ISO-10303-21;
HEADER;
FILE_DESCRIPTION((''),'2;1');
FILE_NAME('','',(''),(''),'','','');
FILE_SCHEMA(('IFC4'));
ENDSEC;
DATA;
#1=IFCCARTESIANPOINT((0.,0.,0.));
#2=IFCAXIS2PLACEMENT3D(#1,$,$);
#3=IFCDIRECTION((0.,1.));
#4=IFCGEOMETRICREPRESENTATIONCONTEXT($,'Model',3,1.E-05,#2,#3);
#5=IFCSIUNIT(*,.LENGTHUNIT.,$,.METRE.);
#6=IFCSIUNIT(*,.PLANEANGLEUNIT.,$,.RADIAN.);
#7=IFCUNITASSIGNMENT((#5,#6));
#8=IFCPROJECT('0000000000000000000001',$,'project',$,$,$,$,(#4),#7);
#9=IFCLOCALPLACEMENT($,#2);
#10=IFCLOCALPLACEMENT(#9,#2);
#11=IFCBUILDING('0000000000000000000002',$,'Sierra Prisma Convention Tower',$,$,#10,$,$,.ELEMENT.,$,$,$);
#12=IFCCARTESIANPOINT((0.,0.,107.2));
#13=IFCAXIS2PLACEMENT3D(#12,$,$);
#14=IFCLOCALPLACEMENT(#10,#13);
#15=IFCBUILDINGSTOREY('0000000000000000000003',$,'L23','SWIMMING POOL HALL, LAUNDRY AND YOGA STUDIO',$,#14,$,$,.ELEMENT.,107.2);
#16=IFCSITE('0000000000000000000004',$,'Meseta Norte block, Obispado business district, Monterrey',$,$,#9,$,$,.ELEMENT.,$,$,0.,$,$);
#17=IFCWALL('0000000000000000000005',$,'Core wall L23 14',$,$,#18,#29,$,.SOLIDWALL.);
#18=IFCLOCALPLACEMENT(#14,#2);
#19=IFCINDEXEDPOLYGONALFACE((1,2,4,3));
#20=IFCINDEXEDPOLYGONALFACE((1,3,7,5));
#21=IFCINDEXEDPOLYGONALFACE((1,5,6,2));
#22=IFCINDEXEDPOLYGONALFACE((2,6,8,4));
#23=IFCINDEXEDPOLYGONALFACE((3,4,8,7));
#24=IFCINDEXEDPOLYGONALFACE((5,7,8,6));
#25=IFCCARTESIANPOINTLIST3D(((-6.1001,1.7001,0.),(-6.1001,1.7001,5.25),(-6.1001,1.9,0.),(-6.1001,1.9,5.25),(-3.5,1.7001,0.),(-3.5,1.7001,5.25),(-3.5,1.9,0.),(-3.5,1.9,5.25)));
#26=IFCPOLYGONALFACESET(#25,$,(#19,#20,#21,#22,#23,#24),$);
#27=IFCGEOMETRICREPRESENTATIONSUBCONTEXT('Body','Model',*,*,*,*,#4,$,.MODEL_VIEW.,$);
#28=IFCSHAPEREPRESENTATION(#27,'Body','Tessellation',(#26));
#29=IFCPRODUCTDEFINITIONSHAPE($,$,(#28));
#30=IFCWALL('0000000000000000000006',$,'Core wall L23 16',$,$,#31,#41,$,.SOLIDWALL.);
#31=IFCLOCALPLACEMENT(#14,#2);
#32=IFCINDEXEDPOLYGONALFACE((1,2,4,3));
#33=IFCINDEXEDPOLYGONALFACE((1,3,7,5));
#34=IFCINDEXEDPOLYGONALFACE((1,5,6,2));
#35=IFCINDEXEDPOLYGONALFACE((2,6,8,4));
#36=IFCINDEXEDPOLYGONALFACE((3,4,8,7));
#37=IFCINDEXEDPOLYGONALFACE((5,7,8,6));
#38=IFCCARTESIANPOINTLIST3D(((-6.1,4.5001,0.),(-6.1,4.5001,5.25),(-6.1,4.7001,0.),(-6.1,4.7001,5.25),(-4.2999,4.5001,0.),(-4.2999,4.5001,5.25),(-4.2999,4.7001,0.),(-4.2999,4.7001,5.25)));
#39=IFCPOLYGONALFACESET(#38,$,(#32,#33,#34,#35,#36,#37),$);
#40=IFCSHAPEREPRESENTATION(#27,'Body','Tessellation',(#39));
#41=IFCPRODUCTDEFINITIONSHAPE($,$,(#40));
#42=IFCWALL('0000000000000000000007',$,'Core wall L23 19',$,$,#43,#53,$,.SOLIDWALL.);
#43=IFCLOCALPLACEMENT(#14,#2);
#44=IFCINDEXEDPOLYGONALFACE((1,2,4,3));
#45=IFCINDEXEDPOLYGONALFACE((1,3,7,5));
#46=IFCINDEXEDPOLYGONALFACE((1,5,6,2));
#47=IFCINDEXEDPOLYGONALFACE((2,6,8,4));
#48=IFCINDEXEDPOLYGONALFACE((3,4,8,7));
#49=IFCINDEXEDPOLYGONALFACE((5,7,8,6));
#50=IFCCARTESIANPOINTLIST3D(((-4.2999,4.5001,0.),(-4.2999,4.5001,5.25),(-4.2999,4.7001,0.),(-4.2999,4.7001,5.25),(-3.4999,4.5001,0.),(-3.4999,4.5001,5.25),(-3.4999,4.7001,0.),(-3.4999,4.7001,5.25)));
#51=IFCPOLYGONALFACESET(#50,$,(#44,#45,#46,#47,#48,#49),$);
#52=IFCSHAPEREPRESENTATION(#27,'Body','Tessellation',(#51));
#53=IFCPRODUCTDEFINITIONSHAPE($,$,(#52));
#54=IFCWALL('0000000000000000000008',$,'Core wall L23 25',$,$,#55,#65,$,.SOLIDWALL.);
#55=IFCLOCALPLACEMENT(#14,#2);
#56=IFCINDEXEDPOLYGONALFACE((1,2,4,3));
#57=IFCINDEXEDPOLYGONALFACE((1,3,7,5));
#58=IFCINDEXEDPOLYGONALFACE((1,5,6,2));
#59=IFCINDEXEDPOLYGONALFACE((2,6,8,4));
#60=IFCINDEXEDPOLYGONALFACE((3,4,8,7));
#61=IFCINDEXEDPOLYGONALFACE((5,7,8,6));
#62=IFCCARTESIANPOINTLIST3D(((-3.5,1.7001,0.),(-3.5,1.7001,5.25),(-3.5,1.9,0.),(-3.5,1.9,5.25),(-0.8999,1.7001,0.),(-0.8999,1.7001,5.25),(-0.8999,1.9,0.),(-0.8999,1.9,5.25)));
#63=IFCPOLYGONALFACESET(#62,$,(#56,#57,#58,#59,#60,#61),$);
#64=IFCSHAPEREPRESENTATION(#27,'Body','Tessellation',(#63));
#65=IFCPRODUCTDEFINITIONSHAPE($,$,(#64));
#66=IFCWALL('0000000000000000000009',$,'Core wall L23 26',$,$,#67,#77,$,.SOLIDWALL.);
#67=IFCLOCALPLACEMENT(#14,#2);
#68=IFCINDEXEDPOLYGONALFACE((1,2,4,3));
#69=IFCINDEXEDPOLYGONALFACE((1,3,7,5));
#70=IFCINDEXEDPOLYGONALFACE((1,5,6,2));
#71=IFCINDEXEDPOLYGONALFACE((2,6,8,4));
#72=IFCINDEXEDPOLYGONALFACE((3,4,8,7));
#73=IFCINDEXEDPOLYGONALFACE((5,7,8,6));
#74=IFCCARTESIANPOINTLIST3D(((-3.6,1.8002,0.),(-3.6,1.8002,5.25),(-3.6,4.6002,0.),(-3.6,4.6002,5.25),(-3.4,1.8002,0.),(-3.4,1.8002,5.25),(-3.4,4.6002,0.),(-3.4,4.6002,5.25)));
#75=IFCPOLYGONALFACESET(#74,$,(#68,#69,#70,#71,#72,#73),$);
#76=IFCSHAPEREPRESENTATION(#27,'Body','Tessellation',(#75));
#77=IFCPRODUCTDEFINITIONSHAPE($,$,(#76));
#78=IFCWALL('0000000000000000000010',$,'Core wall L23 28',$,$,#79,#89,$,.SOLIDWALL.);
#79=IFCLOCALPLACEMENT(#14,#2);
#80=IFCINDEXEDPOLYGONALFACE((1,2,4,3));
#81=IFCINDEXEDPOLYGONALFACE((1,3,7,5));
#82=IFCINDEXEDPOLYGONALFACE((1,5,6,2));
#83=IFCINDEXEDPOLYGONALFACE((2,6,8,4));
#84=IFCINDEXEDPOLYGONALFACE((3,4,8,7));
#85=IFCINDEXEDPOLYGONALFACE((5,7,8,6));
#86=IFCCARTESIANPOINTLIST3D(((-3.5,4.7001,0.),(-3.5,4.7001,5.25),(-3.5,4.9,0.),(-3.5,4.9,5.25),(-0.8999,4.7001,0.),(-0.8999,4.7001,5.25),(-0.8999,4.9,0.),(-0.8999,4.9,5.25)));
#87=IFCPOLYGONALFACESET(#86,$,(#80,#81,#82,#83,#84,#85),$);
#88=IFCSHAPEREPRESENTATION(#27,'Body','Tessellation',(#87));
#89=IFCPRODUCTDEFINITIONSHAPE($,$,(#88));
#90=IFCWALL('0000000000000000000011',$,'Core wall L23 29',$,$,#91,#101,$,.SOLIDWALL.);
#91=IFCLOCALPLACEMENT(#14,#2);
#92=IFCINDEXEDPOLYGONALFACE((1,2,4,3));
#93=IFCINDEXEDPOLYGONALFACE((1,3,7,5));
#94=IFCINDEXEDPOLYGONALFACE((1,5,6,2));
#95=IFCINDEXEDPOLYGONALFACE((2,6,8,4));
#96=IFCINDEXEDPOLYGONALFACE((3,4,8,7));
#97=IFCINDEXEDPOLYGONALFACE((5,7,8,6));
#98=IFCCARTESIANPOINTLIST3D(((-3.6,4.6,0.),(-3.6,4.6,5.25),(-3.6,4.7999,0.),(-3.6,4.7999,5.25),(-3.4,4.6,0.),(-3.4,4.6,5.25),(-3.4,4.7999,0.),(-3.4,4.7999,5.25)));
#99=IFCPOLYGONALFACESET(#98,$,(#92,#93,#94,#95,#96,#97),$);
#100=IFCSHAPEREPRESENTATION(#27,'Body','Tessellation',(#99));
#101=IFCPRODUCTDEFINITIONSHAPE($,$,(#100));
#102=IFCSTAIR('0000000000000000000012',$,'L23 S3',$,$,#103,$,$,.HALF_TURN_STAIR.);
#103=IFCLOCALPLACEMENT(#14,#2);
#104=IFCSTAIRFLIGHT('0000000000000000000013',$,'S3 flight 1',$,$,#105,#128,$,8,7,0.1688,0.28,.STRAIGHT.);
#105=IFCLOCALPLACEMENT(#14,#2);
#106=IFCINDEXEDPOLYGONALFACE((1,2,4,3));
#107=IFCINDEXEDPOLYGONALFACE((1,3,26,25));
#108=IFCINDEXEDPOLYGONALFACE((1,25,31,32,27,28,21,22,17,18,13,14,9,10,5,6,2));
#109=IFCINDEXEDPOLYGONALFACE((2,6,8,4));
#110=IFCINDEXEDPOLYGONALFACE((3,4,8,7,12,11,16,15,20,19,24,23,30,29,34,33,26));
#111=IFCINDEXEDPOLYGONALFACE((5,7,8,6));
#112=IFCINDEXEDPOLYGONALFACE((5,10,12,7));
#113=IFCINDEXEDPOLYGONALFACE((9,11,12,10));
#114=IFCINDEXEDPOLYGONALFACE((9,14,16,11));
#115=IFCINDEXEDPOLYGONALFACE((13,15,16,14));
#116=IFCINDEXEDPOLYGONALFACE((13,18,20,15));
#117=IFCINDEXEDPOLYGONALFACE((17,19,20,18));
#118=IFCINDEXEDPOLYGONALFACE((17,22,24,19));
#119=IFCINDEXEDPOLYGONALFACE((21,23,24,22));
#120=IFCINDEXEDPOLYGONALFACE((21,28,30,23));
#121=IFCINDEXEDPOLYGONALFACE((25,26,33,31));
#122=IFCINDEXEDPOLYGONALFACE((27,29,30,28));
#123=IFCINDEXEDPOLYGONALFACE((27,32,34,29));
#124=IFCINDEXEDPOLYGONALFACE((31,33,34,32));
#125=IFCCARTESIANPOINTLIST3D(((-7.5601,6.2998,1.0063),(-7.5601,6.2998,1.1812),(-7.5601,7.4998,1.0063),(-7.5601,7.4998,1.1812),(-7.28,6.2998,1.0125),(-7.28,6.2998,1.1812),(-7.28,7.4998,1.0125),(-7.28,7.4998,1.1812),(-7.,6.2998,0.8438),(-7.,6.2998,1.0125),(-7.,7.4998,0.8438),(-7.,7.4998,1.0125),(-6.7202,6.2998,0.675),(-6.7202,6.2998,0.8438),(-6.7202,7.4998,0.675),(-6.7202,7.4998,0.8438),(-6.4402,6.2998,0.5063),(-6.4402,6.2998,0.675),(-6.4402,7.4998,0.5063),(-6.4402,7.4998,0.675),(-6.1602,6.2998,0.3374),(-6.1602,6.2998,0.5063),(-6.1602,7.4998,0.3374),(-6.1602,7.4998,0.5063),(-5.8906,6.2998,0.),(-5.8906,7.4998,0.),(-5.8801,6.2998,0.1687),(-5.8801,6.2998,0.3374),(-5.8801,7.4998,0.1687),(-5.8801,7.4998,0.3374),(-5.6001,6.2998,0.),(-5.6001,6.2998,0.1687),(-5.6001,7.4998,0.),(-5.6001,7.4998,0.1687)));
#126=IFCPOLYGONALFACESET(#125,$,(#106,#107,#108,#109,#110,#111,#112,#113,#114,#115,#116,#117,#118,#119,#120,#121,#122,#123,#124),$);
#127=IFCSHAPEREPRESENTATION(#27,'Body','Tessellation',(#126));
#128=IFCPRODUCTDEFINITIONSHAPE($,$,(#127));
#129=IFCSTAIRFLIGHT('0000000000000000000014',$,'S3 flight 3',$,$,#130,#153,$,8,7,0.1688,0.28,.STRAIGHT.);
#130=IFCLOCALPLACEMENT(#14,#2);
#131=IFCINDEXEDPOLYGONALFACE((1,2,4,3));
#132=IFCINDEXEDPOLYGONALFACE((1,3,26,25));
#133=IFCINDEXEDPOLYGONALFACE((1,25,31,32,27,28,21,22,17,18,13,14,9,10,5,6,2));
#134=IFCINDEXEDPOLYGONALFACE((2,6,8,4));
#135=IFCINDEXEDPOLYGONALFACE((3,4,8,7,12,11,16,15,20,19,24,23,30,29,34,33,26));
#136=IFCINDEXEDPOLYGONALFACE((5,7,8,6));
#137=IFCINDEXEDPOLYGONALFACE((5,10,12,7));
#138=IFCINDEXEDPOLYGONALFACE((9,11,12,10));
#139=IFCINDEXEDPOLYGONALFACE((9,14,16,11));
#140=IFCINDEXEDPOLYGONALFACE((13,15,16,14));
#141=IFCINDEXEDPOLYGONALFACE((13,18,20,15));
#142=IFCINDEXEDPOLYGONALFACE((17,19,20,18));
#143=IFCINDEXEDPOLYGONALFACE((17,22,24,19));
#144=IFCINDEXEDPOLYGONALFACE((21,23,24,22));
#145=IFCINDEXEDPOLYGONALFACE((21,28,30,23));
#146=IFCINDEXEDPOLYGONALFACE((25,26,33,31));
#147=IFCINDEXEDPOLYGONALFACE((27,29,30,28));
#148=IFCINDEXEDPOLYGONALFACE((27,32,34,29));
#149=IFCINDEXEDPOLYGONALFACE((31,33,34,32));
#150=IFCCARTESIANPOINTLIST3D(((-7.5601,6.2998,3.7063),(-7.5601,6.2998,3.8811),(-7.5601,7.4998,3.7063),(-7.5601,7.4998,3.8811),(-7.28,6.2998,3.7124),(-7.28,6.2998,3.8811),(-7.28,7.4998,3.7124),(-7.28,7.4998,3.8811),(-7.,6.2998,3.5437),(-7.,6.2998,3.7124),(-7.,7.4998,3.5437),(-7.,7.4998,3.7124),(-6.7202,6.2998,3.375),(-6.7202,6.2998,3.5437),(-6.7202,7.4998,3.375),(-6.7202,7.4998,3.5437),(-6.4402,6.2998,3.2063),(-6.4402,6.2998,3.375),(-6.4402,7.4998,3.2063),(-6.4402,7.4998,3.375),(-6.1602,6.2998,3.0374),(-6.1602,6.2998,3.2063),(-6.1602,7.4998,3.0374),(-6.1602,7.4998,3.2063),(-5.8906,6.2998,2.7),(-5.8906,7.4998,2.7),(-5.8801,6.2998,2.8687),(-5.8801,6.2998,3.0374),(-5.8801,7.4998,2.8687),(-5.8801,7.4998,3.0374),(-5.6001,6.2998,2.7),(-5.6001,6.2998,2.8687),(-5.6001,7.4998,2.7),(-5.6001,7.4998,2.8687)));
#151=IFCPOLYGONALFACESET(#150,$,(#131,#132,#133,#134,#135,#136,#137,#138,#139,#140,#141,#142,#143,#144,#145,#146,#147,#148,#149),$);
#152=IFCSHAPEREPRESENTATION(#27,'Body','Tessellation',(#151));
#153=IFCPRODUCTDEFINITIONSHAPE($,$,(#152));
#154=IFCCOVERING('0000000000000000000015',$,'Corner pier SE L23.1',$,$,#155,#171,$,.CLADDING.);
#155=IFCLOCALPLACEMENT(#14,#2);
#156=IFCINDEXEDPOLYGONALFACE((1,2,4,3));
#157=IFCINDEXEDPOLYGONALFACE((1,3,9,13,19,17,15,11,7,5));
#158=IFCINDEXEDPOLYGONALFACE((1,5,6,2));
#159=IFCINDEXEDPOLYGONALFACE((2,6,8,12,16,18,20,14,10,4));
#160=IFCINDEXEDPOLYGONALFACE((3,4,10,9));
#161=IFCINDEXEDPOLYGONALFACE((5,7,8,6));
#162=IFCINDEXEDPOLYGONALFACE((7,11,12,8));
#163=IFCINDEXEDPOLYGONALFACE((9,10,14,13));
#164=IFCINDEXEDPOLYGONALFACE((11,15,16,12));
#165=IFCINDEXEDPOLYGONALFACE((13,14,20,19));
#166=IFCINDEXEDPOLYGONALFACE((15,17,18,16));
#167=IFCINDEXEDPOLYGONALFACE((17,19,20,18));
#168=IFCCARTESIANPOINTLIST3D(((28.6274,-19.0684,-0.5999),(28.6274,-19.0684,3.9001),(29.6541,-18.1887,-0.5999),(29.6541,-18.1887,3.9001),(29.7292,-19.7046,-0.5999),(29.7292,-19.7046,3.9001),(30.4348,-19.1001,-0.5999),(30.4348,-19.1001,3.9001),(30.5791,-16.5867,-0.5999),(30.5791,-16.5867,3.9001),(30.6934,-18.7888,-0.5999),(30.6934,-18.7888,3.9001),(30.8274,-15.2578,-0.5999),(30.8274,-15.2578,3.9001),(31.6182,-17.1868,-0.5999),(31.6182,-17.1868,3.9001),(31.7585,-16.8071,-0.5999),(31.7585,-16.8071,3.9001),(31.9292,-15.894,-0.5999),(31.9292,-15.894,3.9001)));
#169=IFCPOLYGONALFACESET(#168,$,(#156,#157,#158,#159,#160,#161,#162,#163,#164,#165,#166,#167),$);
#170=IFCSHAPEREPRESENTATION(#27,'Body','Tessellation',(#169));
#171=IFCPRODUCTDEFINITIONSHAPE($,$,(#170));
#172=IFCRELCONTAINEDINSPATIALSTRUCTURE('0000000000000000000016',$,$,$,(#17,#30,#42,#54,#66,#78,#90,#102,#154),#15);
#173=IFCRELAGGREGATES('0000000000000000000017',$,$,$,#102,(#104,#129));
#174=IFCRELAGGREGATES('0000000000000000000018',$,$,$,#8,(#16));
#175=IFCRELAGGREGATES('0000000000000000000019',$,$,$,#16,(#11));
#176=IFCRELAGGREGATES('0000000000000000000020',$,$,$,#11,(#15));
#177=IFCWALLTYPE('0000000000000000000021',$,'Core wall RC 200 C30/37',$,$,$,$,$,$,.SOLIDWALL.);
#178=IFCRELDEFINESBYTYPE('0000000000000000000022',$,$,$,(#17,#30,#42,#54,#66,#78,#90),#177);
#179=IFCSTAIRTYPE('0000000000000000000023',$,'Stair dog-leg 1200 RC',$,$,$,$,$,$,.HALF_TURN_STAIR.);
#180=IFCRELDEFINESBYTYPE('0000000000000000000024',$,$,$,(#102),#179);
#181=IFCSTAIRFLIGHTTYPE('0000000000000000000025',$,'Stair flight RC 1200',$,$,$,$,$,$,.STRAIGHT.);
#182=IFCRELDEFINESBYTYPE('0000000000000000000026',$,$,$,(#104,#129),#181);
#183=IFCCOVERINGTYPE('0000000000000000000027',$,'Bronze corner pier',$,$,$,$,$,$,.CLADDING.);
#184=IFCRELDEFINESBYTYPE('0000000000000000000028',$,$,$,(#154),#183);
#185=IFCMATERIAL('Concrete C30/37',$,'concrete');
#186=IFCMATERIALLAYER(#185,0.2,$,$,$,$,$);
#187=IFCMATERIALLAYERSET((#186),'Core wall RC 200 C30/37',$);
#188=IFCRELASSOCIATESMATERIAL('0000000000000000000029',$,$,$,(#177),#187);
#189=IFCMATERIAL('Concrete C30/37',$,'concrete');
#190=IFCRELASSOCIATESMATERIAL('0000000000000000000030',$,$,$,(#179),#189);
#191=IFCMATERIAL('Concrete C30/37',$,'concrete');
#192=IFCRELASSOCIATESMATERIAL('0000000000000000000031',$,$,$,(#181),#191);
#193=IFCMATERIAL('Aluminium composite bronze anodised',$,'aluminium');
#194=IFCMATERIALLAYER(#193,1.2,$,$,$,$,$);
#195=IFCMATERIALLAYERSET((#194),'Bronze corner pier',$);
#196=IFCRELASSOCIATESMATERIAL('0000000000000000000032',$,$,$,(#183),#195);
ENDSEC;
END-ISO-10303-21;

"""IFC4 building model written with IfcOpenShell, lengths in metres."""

from ifc_helpers import new_model, si_unit, direction, frame, frame_2d, origin, place, context, subcontext, project, spatial, polyline, rectangle, outline, extrude, material, layer, layer_set, type_object, element, aggregate, save


model = new_model("IFC4")

# Units and contexts
model_context = context("Model", 3, precision=1e-05, world=origin(), true_north=direction((0.0, 1.0)))
body_context = subcontext(model_context, "Body", "Model", "MODEL_VIEW")
ifc_project = project(units=[si_unit("LENGTHUNIT", "METRE"), si_unit("PLANEANGLEUNIT", "RADIAN")], contexts=[model_context])

# Site, building, storey
site_placement = place(None, origin())
site = spatial("IfcSite", under=ifc_project, at=site_placement, Name="Meseta Norte block, Obispado business district, Monterrey", CompositionType="ELEMENT", RefElevation=0.0)
building_placement = place(site_placement, origin())
building = spatial("IfcBuilding", under=site, at=building_placement, Name="Sierra Prisma Convention Tower", CompositionType="ELEMENT")
storey_placement = place(building_placement, frame((0.0, 0.0, 107.2)))
storey = spatial("IfcBuildingStorey", under=building, at=storey_placement, Name="L23", Description="SWIMMING POOL HALL, LAUNDRY AND YOGA STUDIO", CompositionType="ELEMENT", Elevation=107.2)

# Walls
ifc_material_1 = material(Name="Concrete C30/37", Category="concrete")
ifc_layer_1 = layer(ifc_material_1, 0.2)
ifc_layer_set_1 = layer_set([ifc_layer_1], Name="Core wall RC 200 C30/37")
wall_type = type_object("IfcWallType", Name="Core wall RC 200 C30/37", PredefinedType="SOLIDWALL", material=ifc_layer_set_1)
wall_1_placement = place(storey_placement, frame((-3.5, 1.8, 0.0), z_axis=(0.0, 0.0, 1.0), x_axis=(-1.0, 0.0, 0.0)))
element("IfcWall", 1, at=wall_1_placement, inside=storey, type_object=wall_type, Name="Core wall L23 14", PredefinedType="SOLIDWALL", context=body_context, shape_type="SweptSolid", body=[
    extrude(rectangle(XDim=2.6001, YDim=0.2, at=frame_2d((1.3, 0.0))), origin(), (0.0, 0.0, 1.0), 5.25),
])
wall_2_placement = place(storey_placement, frame((-4.3, 4.6001, 0.0), z_axis=(0.0, 0.0, 1.0), x_axis=(-1.0, 0.0, 0.0)))
element("IfcWall", 2, at=wall_2_placement, inside=storey, type_object=wall_type, Name="Core wall L23 16", PredefinedType="SOLIDWALL", context=body_context, shape_type="SweptSolid", body=[
    extrude(rectangle(XDim=1.8, YDim=0.2, at=frame_2d((0.8999, 0.0))), origin(), (0.0, 0.0, 1.0), 5.25),
])
wall_3_placement = place(storey_placement, frame((-3.5, 4.6001, 0.0), z_axis=(0.0, 0.0, 1.0), x_axis=(-1.0, 0.0, 0.0)))
element("IfcWall", 3, at=wall_3_placement, inside=storey, type_object=wall_type, Name="Core wall L23 19", PredefinedType="SOLIDWALL", context=body_context, shape_type="SweptSolid", body=[
    extrude(rectangle(XDim=0.8, YDim=0.2, at=frame_2d((0.3999, 0.0))), origin(), (0.0, 0.0, 1.0), 5.25),
])

# Walls
wall_4_placement = place(storey_placement, frame((-0.8999, 1.8, 0.0), z_axis=(0.0, 0.0, 1.0), x_axis=(-1.0, 0.0, 0.0)))
element("IfcWall", 4, at=wall_4_placement, inside=storey, type_object=wall_type, Name="Core wall L23 25", PredefinedType="SOLIDWALL", context=body_context, shape_type="SweptSolid", body=[
    extrude(rectangle(XDim=2.6001, YDim=0.2, at=frame_2d((1.3, 0.0))), origin(), (0.0, 0.0, 1.0), 5.25),
])
wall_5_placement = place(storey_placement, frame((-3.5, 4.6001, 0.0), z_axis=(0.0, 0.0, 1.0), x_axis=(0.0, -1.0, 0.0)))
element("IfcWall", 5, at=wall_5_placement, inside=storey, type_object=wall_type, Name="Core wall L23 26", PredefinedType="SOLIDWALL", context=body_context, shape_type="SweptSolid", body=[
    extrude(rectangle(XDim=2.8, YDim=0.2, at=frame_2d((1.3999, 0.0))), origin(), (0.0, 0.0, 1.0), 5.25),
])

# Walls
wall_6_placement = place(storey_placement, frame((-0.8999, 4.8, 0.0), z_axis=(0.0, 0.0, 1.0), x_axis=(-1.0, 0.0, 0.0)))
element("IfcWall", 6, at=wall_6_placement, inside=storey, type_object=wall_type, Name="Core wall L23 28", PredefinedType="SOLIDWALL", context=body_context, shape_type="SweptSolid", body=[
    extrude(rectangle(XDim=2.6001, YDim=0.2, at=frame_2d((1.3, 0.0))), origin(), (0.0, 0.0, 1.0), 5.25),
])
wall_7_placement = place(storey_placement, frame((-3.5, 4.8, 0.0), z_axis=(0.0, 0.0, 1.0), x_axis=(0.0, -1.0, 0.0)))
element("IfcWall", 7, at=wall_7_placement, inside=storey, type_object=wall_type, Name="Core wall L23 29", PredefinedType="SOLIDWALL", context=body_context, shape_type="SweptSolid", body=[
    extrude(rectangle(XDim=0.2, YDim=0.2, at=frame_2d((0.1001, 0.0))), origin(), (0.0, 0.0, 1.0), 5.25),
])

# Stair, stair flights
ifc_material_2 = material(Name="Concrete C30/37", Category="concrete")
stair_type = type_object("IfcStairType", Name="Stair dog-leg 1200 RC", PredefinedType="HALF_TURN_STAIR", material=ifc_material_2)
stair_placement = place(storey_placement, origin())
stair = element("IfcStair", 8, at=stair_placement, inside=storey, type_object=stair_type, Name="L23 S3", PredefinedType="HALF_TURN_STAIR")
ifc_material_3 = material(Name="Concrete C30/37", Category="concrete")
stair_flight_type = type_object("IfcStairFlightType", Name="Stair flight RC 1200", PredefinedType="STRAIGHT", material=ifc_material_3)
stair_flight_1_placement = place(storey_placement, frame((-5.6001, 6.8999, 0.0), z_axis=(0.0, 0.0, 1.0), x_axis=(-1.0, 0.0, 0.0)))
stair_flight_1 = element("IfcStairFlight", 9, at=stair_flight_1_placement, type_object=stair_flight_type, Name="S3 flight 1", NumberOfRisers=8, NumberOfTreads=7, PredefinedType="STRAIGHT", RiserHeight=0.1688, TreadLength=0.28, context=body_context, shape_type="SweptSolid", body=[
    extrude(outline(polyline([(0.0, 0.0), (0.0, 0.1687), (0.28, 0.1687), (0.28, 0.3374), (0.5601, 0.3374), (0.5601, 0.5063), (0.8401, 0.5063), (0.8401, 0.675), (1.1201, 0.675), (1.1201, 0.8438), (1.3999, 0.8438), (1.3999, 1.0125), (1.6799, 1.0125), (1.6799, 1.1812), (1.96, 1.1812), (1.96, 1.3501), (1.96, 1.0063), (0.2905, 0.0), (0.0, 0.0)])), frame((0.0, 0.6001, 0.0), z_axis=(0.0, -1.0, 0.0), x_axis=(1.0, 0.0, 0.0)), (0.0, 0.0, 1.0), 1.2),
])
stair_flight_2_placement = place(storey_placement, frame((-5.6001, 6.8999, 2.7), z_axis=(0.0, 0.0, 1.0), x_axis=(-1.0, 0.0, 0.0)))
stair_flight_2 = element("IfcStairFlight", 10, at=stair_flight_2_placement, type_object=stair_flight_type, Name="S3 flight 3", NumberOfRisers=8, NumberOfTreads=7, PredefinedType="STRAIGHT", RiserHeight=0.1688, TreadLength=0.28, context=body_context, shape_type="SweptSolid", body=[
    extrude(outline(polyline([(0.0, 0.0), (0.0, 0.1687), (0.28, 0.1687), (0.28, 0.3374), (0.5601, 0.3374), (0.5601, 0.5063), (0.8401, 0.5063), (0.8401, 0.675), (1.1201, 0.675), (1.1201, 0.8438), (1.3999, 0.8438), (1.3999, 1.0125), (1.6799, 1.0125), (1.6799, 1.1812), (1.96, 1.1812), (1.96, 1.3501), (1.96, 1.0063), (0.2905, 0.0), (0.0, 0.0)])), frame((0.0, 0.6001, 0.0), z_axis=(0.0, -1.0, 0.0), x_axis=(1.0, 0.0, 0.0)), (0.0, 0.0, 1.0), 1.2),
])
aggregate(stair, [stair_flight_1, stair_flight_2])

# Covering
ifc_material_4 = material(Name="Aluminium composite bronze anodised", Category="aluminium")
ifc_layer_2 = layer(ifc_material_4, 1.2)
ifc_layer_set_2 = layer_set([ifc_layer_2], Name="Bronze corner pier")
covering_type_1 = type_object("IfcCoveringType", Name="Bronze corner pier", PredefinedType="CLADDING", material=ifc_layer_set_2)
covering_1_placement = place(storey_placement, frame((0.0, 0.0, -0.5999)))
element("IfcCovering", 11, at=covering_1_placement, inside=storey, type_object=covering_type_1, Name="Corner pier SE L23.1", PredefinedType="CLADDING", context=body_context, shape_type="SweptSolid", body=[
    extrude(outline(polyline([(30.8274, -15.2578), (31.9292, -15.894), (31.7585, -16.8071), (31.6182, -17.1868), (30.6934, -18.7888), (30.4348, -19.1001), (29.7292, -19.7046), (28.6274, -19.0684), (29.6541, -18.1887), (30.5791, -16.5867), (30.8274, -15.2578)])), origin(), (0.0, 0.0, 1.0), 4.5),
])

save(model, "model.ifc")
